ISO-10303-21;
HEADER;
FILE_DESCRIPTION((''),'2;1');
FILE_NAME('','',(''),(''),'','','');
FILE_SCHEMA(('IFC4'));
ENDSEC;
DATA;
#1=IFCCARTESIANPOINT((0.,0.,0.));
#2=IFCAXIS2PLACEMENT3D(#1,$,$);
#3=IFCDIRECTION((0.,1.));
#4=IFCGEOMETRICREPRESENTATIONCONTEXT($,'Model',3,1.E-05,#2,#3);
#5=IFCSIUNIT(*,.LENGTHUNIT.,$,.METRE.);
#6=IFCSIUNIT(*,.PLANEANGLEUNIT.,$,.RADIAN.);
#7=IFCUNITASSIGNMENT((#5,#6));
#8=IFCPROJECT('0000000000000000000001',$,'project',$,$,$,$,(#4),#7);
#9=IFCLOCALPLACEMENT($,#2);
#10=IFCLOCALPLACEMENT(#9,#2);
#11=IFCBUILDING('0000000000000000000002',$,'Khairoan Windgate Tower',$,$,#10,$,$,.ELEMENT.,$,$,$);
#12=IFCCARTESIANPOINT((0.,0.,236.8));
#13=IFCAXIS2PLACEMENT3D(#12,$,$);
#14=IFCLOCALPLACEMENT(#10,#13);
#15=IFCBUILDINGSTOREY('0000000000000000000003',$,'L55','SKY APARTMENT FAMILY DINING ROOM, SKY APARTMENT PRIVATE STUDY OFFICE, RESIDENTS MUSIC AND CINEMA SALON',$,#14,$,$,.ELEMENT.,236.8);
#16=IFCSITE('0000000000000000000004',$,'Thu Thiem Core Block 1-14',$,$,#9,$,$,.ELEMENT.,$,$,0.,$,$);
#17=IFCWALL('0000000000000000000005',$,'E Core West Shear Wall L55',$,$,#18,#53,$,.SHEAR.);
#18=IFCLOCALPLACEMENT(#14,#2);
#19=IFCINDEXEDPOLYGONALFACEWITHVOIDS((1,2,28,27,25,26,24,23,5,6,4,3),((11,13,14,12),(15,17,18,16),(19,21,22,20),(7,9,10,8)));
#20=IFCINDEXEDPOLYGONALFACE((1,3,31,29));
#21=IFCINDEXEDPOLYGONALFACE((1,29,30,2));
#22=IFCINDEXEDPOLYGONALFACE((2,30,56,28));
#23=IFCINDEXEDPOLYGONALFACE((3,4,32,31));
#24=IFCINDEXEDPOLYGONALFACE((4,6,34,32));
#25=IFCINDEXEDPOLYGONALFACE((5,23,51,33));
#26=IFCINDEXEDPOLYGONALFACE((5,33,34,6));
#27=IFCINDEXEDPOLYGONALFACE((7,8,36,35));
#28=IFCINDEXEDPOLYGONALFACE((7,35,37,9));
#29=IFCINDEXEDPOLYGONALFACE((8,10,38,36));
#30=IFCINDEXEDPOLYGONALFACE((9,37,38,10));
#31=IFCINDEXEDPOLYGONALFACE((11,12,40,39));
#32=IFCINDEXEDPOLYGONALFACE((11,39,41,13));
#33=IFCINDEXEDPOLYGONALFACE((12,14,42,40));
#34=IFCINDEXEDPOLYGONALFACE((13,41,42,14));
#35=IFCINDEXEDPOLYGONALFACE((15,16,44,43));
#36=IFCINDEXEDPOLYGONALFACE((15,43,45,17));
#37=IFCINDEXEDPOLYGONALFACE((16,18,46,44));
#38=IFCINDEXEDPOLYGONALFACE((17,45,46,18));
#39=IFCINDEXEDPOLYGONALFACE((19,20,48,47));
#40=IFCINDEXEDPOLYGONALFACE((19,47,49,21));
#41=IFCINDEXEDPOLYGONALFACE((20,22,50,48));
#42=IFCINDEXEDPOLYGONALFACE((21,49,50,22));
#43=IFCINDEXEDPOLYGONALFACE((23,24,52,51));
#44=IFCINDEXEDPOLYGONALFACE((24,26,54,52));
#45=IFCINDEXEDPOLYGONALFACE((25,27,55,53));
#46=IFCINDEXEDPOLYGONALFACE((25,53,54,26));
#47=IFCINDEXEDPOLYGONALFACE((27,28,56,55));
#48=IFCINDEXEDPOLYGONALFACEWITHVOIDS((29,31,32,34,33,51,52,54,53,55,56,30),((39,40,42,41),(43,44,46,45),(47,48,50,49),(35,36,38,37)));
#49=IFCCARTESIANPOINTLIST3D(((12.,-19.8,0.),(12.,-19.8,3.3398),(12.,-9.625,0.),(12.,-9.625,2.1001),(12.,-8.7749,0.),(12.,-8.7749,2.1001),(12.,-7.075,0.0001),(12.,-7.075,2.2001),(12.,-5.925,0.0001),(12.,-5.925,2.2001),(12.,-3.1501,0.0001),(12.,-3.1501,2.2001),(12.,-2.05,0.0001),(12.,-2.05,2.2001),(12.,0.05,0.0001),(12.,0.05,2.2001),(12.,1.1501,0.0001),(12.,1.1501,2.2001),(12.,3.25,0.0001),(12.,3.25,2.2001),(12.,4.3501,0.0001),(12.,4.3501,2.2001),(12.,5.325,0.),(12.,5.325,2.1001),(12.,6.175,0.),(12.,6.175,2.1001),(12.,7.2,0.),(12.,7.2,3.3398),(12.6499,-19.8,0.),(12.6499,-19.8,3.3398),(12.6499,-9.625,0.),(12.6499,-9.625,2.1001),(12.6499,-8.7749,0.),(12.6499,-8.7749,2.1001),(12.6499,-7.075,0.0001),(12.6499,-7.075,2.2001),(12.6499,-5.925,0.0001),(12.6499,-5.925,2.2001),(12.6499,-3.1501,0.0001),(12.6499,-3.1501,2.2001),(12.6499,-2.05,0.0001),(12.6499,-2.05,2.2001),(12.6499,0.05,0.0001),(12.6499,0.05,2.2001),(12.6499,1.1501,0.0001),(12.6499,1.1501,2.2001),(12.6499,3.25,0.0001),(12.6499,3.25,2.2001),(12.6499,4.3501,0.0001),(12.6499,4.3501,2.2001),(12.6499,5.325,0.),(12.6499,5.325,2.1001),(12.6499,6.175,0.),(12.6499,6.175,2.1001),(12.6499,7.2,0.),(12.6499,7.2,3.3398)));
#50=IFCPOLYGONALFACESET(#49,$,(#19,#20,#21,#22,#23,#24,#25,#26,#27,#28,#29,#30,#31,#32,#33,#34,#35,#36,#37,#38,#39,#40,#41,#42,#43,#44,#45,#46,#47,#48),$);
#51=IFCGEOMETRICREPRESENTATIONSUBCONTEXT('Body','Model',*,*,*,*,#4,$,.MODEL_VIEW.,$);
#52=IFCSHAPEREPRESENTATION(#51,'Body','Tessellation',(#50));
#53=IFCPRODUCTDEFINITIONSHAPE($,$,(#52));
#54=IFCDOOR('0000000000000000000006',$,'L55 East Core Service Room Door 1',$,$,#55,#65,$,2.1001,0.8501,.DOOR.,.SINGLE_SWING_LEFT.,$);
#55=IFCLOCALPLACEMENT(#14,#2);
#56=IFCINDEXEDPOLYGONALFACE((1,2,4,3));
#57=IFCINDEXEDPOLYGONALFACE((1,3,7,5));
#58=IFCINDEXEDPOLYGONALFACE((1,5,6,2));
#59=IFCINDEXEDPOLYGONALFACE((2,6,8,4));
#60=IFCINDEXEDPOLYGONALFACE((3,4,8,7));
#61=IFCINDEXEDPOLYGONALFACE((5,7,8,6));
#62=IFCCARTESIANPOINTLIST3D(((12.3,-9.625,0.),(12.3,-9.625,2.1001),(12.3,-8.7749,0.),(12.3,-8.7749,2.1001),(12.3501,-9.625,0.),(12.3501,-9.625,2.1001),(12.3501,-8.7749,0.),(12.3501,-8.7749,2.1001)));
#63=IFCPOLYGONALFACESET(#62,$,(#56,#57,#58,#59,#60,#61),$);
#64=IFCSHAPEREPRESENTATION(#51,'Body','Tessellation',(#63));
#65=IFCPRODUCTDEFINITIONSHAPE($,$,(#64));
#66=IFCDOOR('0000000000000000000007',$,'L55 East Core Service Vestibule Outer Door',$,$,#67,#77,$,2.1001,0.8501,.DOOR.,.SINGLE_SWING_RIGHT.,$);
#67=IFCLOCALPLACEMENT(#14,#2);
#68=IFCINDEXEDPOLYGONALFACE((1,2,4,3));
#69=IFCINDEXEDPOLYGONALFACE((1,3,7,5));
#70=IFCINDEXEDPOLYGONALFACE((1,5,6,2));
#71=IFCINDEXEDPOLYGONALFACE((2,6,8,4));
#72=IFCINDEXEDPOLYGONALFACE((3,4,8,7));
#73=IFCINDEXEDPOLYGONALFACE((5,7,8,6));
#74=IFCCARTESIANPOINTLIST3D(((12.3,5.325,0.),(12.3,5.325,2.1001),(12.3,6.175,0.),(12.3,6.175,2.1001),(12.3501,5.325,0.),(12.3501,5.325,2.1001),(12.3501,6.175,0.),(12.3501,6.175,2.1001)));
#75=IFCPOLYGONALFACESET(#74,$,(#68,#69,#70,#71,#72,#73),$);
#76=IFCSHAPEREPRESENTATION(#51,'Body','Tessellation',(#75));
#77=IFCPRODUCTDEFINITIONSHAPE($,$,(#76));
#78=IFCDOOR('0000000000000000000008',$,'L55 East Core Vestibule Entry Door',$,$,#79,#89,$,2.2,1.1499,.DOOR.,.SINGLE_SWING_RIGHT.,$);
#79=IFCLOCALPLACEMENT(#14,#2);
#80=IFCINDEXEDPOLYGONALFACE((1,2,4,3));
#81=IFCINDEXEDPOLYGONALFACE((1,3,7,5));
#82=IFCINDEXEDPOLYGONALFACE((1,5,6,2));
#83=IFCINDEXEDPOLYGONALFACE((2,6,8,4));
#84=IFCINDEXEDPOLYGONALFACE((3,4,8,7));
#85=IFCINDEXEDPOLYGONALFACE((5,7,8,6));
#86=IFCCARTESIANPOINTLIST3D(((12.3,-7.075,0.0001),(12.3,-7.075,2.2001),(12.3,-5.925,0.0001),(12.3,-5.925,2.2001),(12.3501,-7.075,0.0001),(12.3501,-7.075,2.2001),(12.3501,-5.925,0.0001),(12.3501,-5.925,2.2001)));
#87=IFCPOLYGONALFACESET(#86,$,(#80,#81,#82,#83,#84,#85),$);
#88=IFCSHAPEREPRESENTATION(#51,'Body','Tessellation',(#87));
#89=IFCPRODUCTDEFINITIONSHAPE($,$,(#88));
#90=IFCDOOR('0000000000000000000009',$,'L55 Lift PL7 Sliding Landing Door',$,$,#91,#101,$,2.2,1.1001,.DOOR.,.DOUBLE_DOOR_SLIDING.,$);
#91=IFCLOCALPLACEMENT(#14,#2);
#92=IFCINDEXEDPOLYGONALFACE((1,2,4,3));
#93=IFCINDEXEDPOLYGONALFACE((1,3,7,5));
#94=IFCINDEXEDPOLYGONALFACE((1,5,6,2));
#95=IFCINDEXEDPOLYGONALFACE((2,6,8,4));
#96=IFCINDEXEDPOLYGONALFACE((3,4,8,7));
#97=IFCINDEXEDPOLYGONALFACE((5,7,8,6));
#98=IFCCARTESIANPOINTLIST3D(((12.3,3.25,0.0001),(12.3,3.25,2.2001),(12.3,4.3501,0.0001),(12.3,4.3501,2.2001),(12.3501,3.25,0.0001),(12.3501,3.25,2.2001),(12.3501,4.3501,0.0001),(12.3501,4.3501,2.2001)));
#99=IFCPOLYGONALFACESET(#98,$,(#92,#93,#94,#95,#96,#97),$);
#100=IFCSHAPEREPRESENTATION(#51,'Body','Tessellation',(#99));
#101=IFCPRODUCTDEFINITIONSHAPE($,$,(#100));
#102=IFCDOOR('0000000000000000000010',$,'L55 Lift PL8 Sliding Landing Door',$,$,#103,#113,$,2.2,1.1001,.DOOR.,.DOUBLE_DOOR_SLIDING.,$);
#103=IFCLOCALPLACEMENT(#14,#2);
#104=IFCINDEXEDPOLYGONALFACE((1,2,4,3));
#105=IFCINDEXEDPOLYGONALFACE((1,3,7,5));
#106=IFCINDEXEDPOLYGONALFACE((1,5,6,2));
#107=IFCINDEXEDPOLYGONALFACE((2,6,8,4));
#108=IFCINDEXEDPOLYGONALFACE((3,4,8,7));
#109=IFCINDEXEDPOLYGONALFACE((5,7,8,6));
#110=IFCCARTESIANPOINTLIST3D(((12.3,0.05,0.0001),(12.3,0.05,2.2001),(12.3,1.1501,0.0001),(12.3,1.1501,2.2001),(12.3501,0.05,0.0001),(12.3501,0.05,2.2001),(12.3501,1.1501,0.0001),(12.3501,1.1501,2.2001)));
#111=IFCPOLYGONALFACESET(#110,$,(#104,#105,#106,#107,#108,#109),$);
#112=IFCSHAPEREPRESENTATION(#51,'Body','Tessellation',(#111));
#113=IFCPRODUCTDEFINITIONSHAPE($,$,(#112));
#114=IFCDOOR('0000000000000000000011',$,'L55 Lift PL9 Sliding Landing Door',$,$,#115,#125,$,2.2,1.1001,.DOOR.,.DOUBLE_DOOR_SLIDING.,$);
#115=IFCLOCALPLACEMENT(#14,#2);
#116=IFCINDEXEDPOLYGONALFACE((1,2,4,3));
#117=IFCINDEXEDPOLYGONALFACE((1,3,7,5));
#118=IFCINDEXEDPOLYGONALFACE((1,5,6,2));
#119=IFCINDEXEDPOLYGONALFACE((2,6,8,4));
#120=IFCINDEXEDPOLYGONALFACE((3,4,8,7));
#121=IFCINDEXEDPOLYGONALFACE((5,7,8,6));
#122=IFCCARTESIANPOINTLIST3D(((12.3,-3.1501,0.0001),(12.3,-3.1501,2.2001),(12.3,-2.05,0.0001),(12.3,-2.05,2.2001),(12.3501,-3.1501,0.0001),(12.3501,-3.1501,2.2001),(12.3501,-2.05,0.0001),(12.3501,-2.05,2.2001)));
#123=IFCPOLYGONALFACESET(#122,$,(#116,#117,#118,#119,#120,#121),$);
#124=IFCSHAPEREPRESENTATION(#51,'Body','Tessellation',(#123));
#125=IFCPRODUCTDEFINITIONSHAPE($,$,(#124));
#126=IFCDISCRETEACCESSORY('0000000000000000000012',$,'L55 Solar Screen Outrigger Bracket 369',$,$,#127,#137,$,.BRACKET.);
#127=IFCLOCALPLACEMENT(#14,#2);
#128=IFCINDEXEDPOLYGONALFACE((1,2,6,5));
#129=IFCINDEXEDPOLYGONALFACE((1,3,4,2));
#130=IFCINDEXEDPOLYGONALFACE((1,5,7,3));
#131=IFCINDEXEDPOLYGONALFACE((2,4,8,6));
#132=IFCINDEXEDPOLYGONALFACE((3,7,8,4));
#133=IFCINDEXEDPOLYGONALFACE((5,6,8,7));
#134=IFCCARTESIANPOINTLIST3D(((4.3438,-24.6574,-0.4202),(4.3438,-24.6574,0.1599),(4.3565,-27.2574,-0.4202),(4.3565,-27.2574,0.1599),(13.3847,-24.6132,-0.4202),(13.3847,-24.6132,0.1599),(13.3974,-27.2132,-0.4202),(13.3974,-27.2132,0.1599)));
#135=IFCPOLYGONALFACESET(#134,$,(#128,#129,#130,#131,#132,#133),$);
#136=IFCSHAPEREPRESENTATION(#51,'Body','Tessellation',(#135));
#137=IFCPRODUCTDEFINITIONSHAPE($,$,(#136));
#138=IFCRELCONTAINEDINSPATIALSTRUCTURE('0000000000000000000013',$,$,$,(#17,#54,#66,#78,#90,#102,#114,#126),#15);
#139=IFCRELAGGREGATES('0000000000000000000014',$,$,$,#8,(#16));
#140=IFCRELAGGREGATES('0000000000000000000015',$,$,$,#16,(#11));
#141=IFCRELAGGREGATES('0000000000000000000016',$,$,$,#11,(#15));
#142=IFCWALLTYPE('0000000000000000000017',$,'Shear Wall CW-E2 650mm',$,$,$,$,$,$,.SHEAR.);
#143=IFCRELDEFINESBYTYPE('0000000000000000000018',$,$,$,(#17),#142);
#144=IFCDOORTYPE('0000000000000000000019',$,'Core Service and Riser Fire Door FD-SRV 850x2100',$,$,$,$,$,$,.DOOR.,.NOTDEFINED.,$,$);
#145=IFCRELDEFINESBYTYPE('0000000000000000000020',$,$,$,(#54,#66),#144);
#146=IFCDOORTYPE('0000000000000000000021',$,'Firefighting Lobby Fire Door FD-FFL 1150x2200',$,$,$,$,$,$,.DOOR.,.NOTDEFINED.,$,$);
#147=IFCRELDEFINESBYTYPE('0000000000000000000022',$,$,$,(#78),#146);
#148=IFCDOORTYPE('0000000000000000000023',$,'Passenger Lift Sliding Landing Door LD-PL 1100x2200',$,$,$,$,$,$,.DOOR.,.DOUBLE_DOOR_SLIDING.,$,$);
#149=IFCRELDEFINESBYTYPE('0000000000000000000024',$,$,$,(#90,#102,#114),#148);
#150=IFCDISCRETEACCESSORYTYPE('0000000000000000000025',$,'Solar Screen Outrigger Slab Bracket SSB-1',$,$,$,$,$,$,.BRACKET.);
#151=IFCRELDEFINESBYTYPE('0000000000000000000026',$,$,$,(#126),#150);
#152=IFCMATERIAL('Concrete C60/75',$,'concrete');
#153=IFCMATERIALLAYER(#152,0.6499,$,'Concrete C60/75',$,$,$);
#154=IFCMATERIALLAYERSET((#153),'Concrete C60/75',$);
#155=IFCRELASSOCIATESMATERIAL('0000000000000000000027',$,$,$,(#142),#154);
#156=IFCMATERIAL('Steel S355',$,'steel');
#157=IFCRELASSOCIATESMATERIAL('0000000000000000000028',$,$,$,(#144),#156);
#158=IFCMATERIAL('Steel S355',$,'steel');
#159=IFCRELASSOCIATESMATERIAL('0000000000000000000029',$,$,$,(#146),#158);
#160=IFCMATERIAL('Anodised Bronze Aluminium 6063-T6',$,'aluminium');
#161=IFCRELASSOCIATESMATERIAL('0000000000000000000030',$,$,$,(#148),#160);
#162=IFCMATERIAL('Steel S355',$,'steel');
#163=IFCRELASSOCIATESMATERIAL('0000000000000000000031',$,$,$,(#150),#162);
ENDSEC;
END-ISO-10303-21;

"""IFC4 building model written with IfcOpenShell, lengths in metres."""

from ifc_helpers import new_model, si_unit, direction, frame, frame_2d, origin, origin_2d, place, context, subcontext, project, spatial, rectangle, extrude, material, layer, layer_set, type_object, element, fill, save


model = new_model("IFC4")

# Units and contexts
model_context = context("Model", 3, precision=1e-05, world=origin(), true_north=direction((0.0, 1.0)))
body_context = subcontext(model_context, "Body", "Model", "MODEL_VIEW")
ifc_project = project(units=[si_unit("LENGTHUNIT", "METRE"), si_unit("PLANEANGLEUNIT", "RADIAN")], contexts=[model_context])

# Site, building, storey
site_placement = place(None, origin())
site = spatial("IfcSite", under=ifc_project, at=site_placement, Name="Thu Thiem Core Block 1-14", CompositionType="ELEMENT", RefElevation=0.0)
building_placement = place(site_placement, origin())
building = spatial("IfcBuilding", under=site, at=building_placement, Name="Khairoan Windgate Tower", CompositionType="ELEMENT")
storey_placement = place(building_placement, frame((0.0, 0.0, 236.8)))
storey = spatial("IfcBuildingStorey", under=building, at=storey_placement, Name="L55", Description="SKY APARTMENT FAMILY DINING ROOM, SKY APARTMENT PRIVATE STUDY OFFICE, RESIDENTS MUSIC AND CINEMA SALON", CompositionType="ELEMENT", Elevation=236.8)

# Wall, openings, doors
ifc_material_1 = material(Name="Concrete C60/75", Category="concrete")
ifc_layer_1 = layer(ifc_material_1, 0.6499, Name="Concrete C60/75")
ifc_layer_set_1 = layer_set([ifc_layer_1], Name="Concrete C60/75")
wall_type_1 = type_object("IfcWallType", Name="Shear Wall CW-E2 650mm", PredefinedType="SHEAR", material=ifc_layer_set_1)
wall_1_placement = place(storey_placement, frame((12.325, -19.8, 0.0), z_axis=(0.0, 0.0, 1.0), x_axis=(0.0, 1.0, 0.0)))
wall_1 = element("IfcWall", 1, at=wall_1_placement, inside=storey, type_object=wall_type_1, Name="E Core West Shear Wall L55", PredefinedType="SHEAR", context=body_context, shape_type="SweptSolid", body=[
    extrude(rectangle(XDim=27.0, YDim=0.6499, at=frame_2d((13.5, 0.0))), origin(), (0.0, 0.0, 1.0), 3.3398),
])
opening_1_placement = place(wall_1_placement, frame((23.05, 0.0, 0.0)))
opening_1 = element("IfcOpeningElement", 2, at=opening_1_placement, cuts=wall_1, PredefinedType="OPENING", context=body_context, shape_type="SweptSolid", body=[
    extrude(rectangle(XDim=1.1001, YDim=2.2, at=frame_2d((0.55, 1.1001))), frame((0.0, 0.335, 0.0), z_axis=(0.0, -1.0, 0.0), x_axis=(1.0, 0.0, 0.0)), (0.0, 0.0, 1.0), 0.6699),
])
opening_2_placement = place(wall_1_placement, frame((19.8501, 0.0, 0.0)))
opening_2 = element("IfcOpeningElement", 3, at=opening_2_placement, cuts=wall_1, PredefinedType="OPENING", context=body_context, shape_type="SweptSolid", body=[
    extrude(rectangle(XDim=1.1001, YDim=2.2, at=frame_2d((0.55, 1.1001))), frame((0.0, 0.335, 0.0), z_axis=(0.0, -1.0, 0.0), x_axis=(1.0, 0.0, 0.0)), (0.0, 0.0, 1.0), 0.6699),
])
opening_3_placement = place(wall_1_placement, frame((16.6499, 0.0, 0.0)))
opening_3 = element("IfcOpeningElement", 4, at=opening_3_placement, cuts=wall_1, PredefinedType="OPENING", context=body_context, shape_type="SweptSolid", body=[
    extrude(rectangle(XDim=1.1001, YDim=2.2, at=frame_2d((0.55, 1.1001))), frame((0.0, 0.335, 0.0), z_axis=(0.0, -1.0, 0.0), x_axis=(1.0, 0.0, 0.0)), (0.0, 0.0, 1.0), 0.6699),
])
opening_4_placement = place(wall_1_placement, frame((10.175, 0.0, 0.0)))
opening_4 = element("IfcOpeningElement", 5, at=opening_4_placement, cuts=wall_1, PredefinedType="OPENING", context=body_context, shape_type="SweptSolid", body=[
    extrude(rectangle(XDim=0.8501, YDim=2.1001, at=frame_2d((0.425, 1.05))), frame((0.0, 0.335, 0.0), z_axis=(0.0, -1.0, 0.0), x_axis=(1.0, 0.0, 0.0)), (0.0, 0.0, 1.0), 0.6699),
])
opening_5_placement = place(wall_1_placement, frame((12.7251, 0.0, 0.0)))
opening_5 = element("IfcOpeningElement", 6, at=opening_5_placement, cuts=wall_1, PredefinedType="OPENING", context=body_context, shape_type="SweptSolid", body=[
    extrude(rectangle(XDim=1.1499, YDim=2.2, at=frame_2d((0.575, 1.1001))), frame((0.0, 0.335, 0.0), z_axis=(0.0, -1.0, 0.0), x_axis=(1.0, 0.0, 0.0)), (0.0, 0.0, 1.0), 0.6699),
])
opening_6_placement = place(wall_1_placement, frame((25.125, 0.0, 0.0)))
opening_6 = element("IfcOpeningElement", 7, at=opening_6_placement, cuts=wall_1, PredefinedType="OPENING", context=body_context, shape_type="SweptSolid", body=[
    extrude(rectangle(XDim=0.8501, YDim=2.1001, at=frame_2d((0.425, 1.05))), frame((0.0, 0.335, 0.0), z_axis=(0.0, -1.0, 0.0), x_axis=(1.0, 0.0, 0.0)), (0.0, 0.0, 1.0), 0.6699),
])
ifc_material_2 = material(Name="Steel S355", Category="steel")
door_type_1 = type_object("IfcDoorType", Name="Core Service and Riser Fire Door FD-SRV 850x2100", OperationType="NOTDEFINED", PredefinedType="DOOR", material=ifc_material_2)
door_1_placement = place(opening_4_placement, origin())
door_1 = element("IfcDoor", 8, at=door_1_placement, inside=storey, type_object=door_type_1, Name="L55 East Core Service Room Door 1", OperationType="SINGLE_SWING_LEFT", OverallHeight=2.1001, OverallWidth=0.8501, PredefinedType="DOOR", context=body_context, shape_type="SweptSolid", body=[
    extrude(rectangle(XDim=0.8501, YDim=2.1001, at=frame_2d((0.425, 1.05))), frame((0.0, 0.0249, 0.0), z_axis=(0.0, -1.0, 0.0), x_axis=(1.0, 0.0, 0.0)), (0.0, 0.0, 1.0), 0.05),
])
fill(opening_4, door_1)
door_2_placement = place(opening_6_placement, origin())
door_2 = element("IfcDoor", 9, at=door_2_placement, inside=storey, type_object=door_type_1, Name="L55 East Core Service Vestibule Outer Door", OperationType="SINGLE_SWING_RIGHT", OverallHeight=2.1001, OverallWidth=0.8501, PredefinedType="DOOR", context=body_context, shape_type="SweptSolid", body=[
    extrude(rectangle(XDim=0.8501, YDim=2.1001, at=frame_2d((0.425, 1.05))), frame((0.0, 0.0249, 0.0), z_axis=(0.0, -1.0, 0.0), x_axis=(1.0, 0.0, 0.0)), (0.0, 0.0, 1.0), 0.05),
])
fill(opening_6, door_2)
ifc_material_3 = material(Name="Steel S355", Category="steel")
door_type_2 = type_object("IfcDoorType", Name="Firefighting Lobby Fire Door FD-FFL 1150x2200", OperationType="NOTDEFINED", PredefinedType="DOOR", material=ifc_material_3)
door_3_placement = place(opening_5_placement, origin())
door_3 = element("IfcDoor", 10, at=door_3_placement, inside=storey, type_object=door_type_2, Name="L55 East Core Vestibule Entry Door", OperationType="SINGLE_SWING_RIGHT", OverallHeight=2.2, OverallWidth=1.1499, PredefinedType="DOOR", context=body_context, shape_type="SweptSolid", body=[
    extrude(rectangle(XDim=1.1499, YDim=2.2, at=frame_2d((0.575, 1.1001))), frame((0.0, 0.0249, 0.0), z_axis=(0.0, -1.0, 0.0), x_axis=(1.0, 0.0, 0.0)), (0.0, 0.0, 1.0), 0.05),
])
fill(opening_5, door_3)
ifc_material_4 = material(Name="Anodised Bronze Aluminium 6063-T6", Category="aluminium")
door_type_3 = type_object("IfcDoorType", Name="Passenger Lift Sliding Landing Door LD-PL 1100x2200", OperationType="DOUBLE_DOOR_SLIDING", PredefinedType="DOOR", material=ifc_material_4)
door_4_placement = place(opening_1_placement, origin())
door_4 = element("IfcDoor", 11, at=door_4_placement, inside=storey, type_object=door_type_3, Name="L55 Lift PL7 Sliding Landing Door", OperationType="DOUBLE_DOOR_SLIDING", OverallHeight=2.2, OverallWidth=1.1001, PredefinedType="DOOR", context=body_context, shape_type="SweptSolid", body=[
    extrude(rectangle(XDim=1.1001, YDim=2.2, at=frame_2d((0.55, 1.1001))), frame((0.0, 0.0249, 0.0), z_axis=(0.0, -1.0, 0.0), x_axis=(1.0, 0.0, 0.0)), (0.0, 0.0, 1.0), 0.05),
])
fill(opening_1, door_4)
door_5_placement = place(opening_2_placement, origin())
door_5 = element("IfcDoor", 12, at=door_5_placement, inside=storey, type_object=door_type_3, Name="L55 Lift PL8 Sliding Landing Door", OperationType="DOUBLE_DOOR_SLIDING", OverallHeight=2.2, OverallWidth=1.1001, PredefinedType="DOOR", context=body_context, shape_type="SweptSolid", body=[
    extrude(rectangle(XDim=1.1001, YDim=2.2, at=frame_2d((0.55, 1.1001))), frame((0.0, 0.0249, 0.0), z_axis=(0.0, -1.0, 0.0), x_axis=(1.0, 0.0, 0.0)), (0.0, 0.0, 1.0), 0.05),
])
fill(opening_2, door_5)
door_6_placement = place(opening_3_placement, origin())
door_6 = element("IfcDoor", 13, at=door_6_placement, inside=storey, type_object=door_type_3, Name="L55 Lift PL9 Sliding Landing Door", OperationType="DOUBLE_DOOR_SLIDING", OverallHeight=2.2, OverallWidth=1.1001, PredefinedType="DOOR", context=body_context, shape_type="SweptSolid", body=[
    extrude(rectangle(XDim=1.1001, YDim=2.2, at=frame_2d((0.55, 1.1001))), frame((0.0, 0.0249, 0.0), z_axis=(0.0, -1.0, 0.0), x_axis=(1.0, 0.0, 0.0)), (0.0, 0.0, 1.0), 0.05),
])
fill(opening_3, door_6)

# Discrete accessory
ifc_material_5 = material(Name="Steel S355", Category="steel")
discrete_accessory_type = type_object("IfcDiscreteAccessoryType", Name="Solar Screen Outrigger Slab Bracket SSB-1", PredefinedType="BRACKET", material=ifc_material_5)
discrete_accessory_placement = place(storey_placement, frame((8.8706, -25.9353, -0.4202), z_axis=(0.0, 0.0, 1.0), x_axis=(-0.999988, -0.004887, 0.0)))
element("IfcDiscreteAccessory", 14, at=discrete_accessory_placement, inside=storey, type_object=discrete_accessory_type, Name="L55 Solar Screen Outrigger Bracket 369", PredefinedType="BRACKET", context=body_context, shape_type="SweptSolid", body=[
    extrude(rectangle(XDim=9.041, YDim=2.6001, at=origin_2d()), origin(), (0.0, 0.0, 1.0), 0.5801),
])

save(model, "model.ifc")
